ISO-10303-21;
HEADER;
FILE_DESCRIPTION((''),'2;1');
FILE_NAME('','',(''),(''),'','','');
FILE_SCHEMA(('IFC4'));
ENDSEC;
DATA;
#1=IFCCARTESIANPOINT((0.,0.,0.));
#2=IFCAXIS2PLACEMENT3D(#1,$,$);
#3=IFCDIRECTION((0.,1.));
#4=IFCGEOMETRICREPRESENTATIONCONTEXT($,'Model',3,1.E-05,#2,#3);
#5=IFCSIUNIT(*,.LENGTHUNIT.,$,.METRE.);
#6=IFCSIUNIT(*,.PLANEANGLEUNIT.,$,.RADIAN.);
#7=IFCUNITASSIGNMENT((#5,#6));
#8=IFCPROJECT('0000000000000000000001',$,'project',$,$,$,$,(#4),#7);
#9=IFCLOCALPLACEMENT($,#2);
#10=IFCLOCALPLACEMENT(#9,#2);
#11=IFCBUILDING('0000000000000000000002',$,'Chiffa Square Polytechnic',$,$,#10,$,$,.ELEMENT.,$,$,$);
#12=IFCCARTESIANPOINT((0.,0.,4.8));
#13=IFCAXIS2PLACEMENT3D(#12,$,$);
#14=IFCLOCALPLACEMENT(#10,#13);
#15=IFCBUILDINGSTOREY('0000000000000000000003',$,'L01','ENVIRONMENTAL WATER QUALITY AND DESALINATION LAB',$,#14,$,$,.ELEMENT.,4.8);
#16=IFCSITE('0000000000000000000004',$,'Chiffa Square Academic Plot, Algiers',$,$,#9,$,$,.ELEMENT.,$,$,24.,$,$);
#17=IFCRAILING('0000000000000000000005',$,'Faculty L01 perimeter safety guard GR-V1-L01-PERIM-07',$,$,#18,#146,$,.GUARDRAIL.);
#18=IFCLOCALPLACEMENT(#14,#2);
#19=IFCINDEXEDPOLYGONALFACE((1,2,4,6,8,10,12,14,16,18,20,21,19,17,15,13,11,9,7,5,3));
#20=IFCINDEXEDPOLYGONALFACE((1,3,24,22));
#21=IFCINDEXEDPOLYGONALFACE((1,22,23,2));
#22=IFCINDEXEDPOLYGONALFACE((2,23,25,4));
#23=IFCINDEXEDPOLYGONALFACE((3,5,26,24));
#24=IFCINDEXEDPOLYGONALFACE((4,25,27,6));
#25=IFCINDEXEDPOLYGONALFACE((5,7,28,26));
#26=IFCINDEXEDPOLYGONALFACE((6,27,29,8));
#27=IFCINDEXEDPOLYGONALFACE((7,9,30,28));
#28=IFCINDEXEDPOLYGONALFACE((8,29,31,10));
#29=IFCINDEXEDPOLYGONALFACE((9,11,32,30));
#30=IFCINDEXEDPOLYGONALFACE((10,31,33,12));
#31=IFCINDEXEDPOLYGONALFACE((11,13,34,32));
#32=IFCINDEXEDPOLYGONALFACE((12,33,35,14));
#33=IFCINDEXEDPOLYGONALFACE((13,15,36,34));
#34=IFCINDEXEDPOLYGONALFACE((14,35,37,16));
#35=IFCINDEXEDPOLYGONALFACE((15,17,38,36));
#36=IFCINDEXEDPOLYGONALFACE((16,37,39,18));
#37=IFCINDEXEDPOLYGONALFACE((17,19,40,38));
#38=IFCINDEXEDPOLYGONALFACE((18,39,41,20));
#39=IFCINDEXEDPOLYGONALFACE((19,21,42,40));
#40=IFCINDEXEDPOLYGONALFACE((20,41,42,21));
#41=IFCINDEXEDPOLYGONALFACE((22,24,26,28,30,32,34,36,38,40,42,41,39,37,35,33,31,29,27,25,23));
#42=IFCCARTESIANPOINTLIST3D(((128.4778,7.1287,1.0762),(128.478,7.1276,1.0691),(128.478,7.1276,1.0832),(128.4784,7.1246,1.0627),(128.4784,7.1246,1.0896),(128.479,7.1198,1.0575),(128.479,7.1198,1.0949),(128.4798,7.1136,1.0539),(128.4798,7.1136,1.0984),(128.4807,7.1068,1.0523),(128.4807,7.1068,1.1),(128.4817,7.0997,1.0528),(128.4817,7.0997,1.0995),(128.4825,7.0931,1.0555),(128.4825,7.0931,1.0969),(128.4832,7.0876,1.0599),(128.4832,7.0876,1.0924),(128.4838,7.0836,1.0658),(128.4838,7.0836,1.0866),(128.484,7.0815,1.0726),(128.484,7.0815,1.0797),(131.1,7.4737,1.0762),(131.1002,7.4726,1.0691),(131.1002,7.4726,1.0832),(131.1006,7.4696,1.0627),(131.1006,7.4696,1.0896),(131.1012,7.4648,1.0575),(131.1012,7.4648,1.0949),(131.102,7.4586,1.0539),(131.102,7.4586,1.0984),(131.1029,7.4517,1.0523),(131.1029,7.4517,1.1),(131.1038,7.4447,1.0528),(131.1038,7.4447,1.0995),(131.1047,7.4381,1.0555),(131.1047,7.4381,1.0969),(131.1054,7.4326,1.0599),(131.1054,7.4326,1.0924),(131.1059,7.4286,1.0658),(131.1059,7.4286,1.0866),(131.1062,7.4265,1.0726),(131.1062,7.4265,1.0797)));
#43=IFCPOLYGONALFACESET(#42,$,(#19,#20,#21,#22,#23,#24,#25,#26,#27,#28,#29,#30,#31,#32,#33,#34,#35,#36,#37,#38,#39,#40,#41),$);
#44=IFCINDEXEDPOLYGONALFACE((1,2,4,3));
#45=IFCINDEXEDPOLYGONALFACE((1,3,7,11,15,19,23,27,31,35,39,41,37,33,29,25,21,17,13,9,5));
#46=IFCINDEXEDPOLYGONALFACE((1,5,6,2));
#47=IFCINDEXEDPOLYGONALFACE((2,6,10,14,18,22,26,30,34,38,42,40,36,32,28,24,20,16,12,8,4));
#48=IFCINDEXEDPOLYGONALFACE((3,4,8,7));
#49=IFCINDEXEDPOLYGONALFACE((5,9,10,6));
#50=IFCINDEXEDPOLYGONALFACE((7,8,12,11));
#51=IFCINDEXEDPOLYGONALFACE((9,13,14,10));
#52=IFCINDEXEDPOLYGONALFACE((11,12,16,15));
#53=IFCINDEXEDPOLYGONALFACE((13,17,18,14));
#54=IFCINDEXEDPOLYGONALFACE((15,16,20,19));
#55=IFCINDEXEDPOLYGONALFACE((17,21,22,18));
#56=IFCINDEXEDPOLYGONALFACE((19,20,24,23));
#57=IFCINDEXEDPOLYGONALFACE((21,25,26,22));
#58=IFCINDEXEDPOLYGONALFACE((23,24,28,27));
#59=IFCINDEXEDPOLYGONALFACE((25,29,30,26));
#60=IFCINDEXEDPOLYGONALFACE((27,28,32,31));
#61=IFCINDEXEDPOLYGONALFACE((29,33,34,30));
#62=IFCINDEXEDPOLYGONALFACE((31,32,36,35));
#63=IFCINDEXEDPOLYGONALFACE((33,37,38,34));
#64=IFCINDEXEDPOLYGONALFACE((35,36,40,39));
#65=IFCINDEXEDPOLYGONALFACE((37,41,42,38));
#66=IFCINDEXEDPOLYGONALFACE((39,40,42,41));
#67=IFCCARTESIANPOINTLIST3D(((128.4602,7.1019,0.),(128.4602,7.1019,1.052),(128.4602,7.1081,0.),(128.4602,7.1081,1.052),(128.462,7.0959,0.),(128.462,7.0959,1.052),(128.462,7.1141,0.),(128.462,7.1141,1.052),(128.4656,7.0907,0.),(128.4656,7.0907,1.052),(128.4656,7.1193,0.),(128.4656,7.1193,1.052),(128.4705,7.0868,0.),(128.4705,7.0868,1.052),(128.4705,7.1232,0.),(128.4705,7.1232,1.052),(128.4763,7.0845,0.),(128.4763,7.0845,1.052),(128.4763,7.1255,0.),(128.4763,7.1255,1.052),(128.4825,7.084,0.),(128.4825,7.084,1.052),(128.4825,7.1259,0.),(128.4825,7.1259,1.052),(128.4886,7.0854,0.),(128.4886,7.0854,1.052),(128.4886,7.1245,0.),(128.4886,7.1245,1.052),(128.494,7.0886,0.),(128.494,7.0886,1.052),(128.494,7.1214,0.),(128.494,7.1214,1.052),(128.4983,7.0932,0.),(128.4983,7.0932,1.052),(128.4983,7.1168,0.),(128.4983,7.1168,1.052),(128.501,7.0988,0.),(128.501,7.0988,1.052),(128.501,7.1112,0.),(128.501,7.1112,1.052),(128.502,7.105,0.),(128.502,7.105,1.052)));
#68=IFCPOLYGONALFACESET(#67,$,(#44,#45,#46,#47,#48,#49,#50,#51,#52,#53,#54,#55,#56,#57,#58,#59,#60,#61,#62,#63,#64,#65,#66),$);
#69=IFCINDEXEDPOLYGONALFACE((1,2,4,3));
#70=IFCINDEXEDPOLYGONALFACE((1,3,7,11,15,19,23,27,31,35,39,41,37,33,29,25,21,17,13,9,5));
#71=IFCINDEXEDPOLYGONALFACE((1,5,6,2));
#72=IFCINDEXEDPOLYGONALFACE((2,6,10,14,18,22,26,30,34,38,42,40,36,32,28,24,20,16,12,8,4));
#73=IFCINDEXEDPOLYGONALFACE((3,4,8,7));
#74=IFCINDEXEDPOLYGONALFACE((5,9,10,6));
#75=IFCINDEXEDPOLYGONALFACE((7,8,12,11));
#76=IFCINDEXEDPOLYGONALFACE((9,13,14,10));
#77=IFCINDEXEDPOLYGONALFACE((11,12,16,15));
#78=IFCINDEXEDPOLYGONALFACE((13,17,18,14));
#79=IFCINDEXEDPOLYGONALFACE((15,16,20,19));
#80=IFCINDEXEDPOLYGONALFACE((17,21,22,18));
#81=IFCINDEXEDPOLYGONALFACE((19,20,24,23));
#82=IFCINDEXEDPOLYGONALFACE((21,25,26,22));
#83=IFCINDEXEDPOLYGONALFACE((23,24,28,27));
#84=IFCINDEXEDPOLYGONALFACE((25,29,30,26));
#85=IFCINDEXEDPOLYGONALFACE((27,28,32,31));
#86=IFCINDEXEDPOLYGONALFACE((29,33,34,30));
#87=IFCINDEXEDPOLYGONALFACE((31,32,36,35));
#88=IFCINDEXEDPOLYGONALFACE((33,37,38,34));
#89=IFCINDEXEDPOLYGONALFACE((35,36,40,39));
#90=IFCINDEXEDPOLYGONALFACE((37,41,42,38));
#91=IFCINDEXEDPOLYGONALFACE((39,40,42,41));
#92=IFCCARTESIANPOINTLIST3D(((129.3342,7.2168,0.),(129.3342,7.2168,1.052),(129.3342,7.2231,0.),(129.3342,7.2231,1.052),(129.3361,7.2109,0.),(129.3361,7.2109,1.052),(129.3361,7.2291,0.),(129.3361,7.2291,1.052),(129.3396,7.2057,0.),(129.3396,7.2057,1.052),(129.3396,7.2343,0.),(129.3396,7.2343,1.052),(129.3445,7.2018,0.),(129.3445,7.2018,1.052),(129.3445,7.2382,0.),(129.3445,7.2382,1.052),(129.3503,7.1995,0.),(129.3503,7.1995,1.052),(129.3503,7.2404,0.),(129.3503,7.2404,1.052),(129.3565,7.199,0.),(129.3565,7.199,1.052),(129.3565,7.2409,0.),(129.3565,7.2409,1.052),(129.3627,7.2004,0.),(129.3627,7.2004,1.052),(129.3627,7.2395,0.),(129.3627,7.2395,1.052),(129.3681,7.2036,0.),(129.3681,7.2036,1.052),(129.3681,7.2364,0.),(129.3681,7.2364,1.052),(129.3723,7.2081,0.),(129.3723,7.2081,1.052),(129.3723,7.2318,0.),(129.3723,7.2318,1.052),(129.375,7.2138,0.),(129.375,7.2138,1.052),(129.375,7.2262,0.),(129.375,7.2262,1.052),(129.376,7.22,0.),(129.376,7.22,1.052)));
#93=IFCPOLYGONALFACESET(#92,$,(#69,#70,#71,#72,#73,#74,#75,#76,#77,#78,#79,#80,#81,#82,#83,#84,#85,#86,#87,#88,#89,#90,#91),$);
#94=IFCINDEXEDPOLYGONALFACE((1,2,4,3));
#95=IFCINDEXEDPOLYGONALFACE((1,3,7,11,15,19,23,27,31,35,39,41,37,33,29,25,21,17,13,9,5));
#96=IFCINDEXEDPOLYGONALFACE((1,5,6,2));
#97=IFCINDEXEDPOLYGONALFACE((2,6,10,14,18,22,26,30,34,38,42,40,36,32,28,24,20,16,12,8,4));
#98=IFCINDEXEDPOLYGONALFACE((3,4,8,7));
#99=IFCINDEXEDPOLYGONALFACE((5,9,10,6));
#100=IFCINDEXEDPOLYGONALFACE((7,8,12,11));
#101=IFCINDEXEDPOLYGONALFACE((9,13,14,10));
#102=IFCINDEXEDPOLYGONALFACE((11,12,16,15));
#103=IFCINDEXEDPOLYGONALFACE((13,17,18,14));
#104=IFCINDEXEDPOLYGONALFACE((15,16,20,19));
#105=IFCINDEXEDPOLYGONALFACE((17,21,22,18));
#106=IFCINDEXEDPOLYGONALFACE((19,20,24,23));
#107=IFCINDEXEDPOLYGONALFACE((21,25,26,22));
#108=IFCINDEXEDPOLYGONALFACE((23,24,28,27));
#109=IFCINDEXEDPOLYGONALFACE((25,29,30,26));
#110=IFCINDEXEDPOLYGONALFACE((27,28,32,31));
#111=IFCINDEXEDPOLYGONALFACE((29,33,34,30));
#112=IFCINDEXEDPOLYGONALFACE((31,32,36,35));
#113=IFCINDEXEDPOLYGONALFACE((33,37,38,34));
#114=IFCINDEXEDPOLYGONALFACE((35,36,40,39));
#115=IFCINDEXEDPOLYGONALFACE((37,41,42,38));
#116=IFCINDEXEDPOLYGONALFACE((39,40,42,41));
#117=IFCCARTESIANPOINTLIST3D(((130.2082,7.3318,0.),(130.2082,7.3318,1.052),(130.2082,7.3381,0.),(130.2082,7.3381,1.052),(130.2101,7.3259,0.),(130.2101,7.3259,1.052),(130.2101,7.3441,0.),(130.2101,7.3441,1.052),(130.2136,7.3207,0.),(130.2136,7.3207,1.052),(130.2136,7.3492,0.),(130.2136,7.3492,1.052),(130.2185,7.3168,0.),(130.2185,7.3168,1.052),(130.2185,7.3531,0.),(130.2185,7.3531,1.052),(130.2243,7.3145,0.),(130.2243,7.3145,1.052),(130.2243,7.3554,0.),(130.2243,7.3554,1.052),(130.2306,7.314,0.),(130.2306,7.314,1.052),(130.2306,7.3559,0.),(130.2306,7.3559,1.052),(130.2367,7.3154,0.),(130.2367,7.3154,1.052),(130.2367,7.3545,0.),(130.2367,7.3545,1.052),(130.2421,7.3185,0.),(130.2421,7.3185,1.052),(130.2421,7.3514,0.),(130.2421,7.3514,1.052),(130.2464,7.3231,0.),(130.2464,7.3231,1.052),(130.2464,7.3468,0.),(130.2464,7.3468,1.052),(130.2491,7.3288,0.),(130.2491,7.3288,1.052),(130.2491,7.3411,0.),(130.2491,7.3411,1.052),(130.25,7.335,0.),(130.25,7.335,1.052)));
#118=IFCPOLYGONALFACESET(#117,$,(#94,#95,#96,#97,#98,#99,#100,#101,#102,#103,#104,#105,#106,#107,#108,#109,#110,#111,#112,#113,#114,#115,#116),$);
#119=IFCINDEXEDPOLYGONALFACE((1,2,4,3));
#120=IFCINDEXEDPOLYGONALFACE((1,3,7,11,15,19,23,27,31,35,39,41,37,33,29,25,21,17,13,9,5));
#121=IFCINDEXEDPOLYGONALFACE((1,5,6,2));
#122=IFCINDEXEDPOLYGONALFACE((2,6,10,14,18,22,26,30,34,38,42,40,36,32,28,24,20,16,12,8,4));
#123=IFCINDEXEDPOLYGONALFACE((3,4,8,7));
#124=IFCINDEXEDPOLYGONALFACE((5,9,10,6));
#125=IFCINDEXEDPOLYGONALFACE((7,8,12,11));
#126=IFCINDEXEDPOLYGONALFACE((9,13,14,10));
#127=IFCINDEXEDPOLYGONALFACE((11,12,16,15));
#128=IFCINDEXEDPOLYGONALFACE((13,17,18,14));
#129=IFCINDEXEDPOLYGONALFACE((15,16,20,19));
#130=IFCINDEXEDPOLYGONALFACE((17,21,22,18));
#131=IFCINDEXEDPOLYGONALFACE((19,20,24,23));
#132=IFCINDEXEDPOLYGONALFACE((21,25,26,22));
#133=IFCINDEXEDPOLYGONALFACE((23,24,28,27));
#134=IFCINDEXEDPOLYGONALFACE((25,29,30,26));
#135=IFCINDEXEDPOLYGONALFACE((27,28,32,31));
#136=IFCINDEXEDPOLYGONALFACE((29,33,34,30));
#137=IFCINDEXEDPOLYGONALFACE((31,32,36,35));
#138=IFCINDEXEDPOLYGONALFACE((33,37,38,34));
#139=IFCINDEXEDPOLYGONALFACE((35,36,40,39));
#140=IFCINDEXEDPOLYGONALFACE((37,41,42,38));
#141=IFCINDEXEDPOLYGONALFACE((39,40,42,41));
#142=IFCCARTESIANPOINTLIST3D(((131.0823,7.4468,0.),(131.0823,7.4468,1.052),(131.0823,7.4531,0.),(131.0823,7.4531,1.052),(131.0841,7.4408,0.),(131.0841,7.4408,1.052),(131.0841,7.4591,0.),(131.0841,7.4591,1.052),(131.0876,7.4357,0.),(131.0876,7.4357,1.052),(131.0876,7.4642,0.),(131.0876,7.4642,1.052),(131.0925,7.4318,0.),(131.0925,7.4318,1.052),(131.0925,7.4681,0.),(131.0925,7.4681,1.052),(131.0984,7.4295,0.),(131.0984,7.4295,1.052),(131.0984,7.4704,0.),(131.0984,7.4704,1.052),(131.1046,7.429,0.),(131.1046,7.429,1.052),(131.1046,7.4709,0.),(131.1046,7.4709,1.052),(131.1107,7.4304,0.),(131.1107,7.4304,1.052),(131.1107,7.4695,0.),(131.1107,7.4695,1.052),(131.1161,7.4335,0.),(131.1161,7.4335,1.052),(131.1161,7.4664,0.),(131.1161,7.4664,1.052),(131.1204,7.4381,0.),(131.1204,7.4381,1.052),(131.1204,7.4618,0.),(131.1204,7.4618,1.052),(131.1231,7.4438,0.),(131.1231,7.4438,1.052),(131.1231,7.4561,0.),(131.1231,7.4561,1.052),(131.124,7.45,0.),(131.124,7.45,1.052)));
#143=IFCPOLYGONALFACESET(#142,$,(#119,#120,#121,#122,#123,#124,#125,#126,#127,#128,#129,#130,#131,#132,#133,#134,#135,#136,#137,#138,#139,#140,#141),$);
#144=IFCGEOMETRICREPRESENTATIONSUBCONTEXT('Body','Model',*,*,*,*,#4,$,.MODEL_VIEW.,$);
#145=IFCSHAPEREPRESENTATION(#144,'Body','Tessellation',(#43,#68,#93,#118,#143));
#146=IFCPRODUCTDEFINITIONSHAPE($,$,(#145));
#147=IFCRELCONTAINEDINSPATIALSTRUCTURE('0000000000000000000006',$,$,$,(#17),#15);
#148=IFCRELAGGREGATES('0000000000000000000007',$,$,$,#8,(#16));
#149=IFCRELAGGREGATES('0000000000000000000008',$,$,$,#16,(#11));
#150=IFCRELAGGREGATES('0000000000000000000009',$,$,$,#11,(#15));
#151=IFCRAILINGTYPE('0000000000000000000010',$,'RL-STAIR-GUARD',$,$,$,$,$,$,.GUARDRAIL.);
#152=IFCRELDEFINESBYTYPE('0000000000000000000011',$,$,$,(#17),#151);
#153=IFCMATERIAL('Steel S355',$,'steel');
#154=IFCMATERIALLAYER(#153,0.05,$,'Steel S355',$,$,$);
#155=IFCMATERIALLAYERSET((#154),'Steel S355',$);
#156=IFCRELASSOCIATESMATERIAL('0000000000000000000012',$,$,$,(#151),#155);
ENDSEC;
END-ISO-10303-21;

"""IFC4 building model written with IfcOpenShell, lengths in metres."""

from ifc_helpers import new_model, si_unit, direction, frame, origin, origin_2d, place, context, subcontext, project, spatial, circle, extrude, material, layer, layer_set, type_object, element, save


model = new_model("IFC4")

# Units and contexts
model_context = context("Model", 3, precision=1e-05, world=origin(), true_north=direction((0.0, 1.0)))
body_context = subcontext(model_context, "Body", "Model", "MODEL_VIEW")
ifc_project = project(units=[si_unit("LENGTHUNIT", "METRE"), si_unit("PLANEANGLEUNIT", "RADIAN")], contexts=[model_context])

# Site, building, storey
site_placement = place(None, origin())
site = spatial("IfcSite", under=ifc_project, at=site_placement, Name="Chiffa Square Academic Plot, Algiers", CompositionType="ELEMENT", RefElevation=24.0)
building_placement = place(site_placement, origin())
building = spatial("IfcBuilding", under=site, at=building_placement, Name="Chiffa Square Polytechnic", CompositionType="ELEMENT")
storey_placement = place(building_placement, frame((0.0, 0.0, 4.8)))
storey = spatial("IfcBuildingStorey", under=building, at=storey_placement, Name="L01", Description="ENVIRONMENTAL WATER QUALITY AND DESALINATION LAB", CompositionType="ELEMENT", Elevation=4.8)

# Railing
ifc_material_1 = material(Name="Steel S355", Category="steel")
ifc_layer_1 = layer(ifc_material_1, 0.05, Name="Steel S355")
ifc_layer_set_1 = layer_set([ifc_layer_1], Name="Steel S355")
railing_type = type_object("IfcRailingType", Name="RL-STAIR-GUARD", PredefinedType="GUARDRAIL", material=ifc_layer_set_1)
railing_1_placement = place(storey_placement, frame((128.481, 7.105, 0.0)))
element("IfcRailing", 1, at=railing_1_placement, inside=storey, type_object=railing_type, Name="Faculty L01 perimeter safety guard GR-V1-L01-PERIM-07", PredefinedType="GUARDRAIL", context=body_context, shape_type="SweptSolid", body=[
    extrude(circle(Radius=0.0239, at=origin_2d()), frame((0.0, 0.0, 1.0762), z_axis=(0.991456, 0.13044, 0.0), x_axis=(-0.13044, 0.991456, 0.0)), (0.0, 0.0, 1.0), 2.6448),
    extrude(circle(Radius=0.021, at=origin_2d()), origin(), (0.0, 0.0, 1.0), 1.052),
    extrude(circle(Radius=0.021, at=origin_2d()), frame((0.874, 0.115, 0.0)), (0.0, 0.0, 1.0), 1.052),
    extrude(circle(Radius=0.021, at=origin_2d()), frame((1.748, 0.23, 0.0)), (0.0, 0.0, 1.0), 1.052),
    extrude(circle(Radius=0.021, at=origin_2d()), frame((2.6221, 0.345, 0.0)), (0.0, 0.0, 1.0), 1.052),
])

save(model, "model.ifc")
